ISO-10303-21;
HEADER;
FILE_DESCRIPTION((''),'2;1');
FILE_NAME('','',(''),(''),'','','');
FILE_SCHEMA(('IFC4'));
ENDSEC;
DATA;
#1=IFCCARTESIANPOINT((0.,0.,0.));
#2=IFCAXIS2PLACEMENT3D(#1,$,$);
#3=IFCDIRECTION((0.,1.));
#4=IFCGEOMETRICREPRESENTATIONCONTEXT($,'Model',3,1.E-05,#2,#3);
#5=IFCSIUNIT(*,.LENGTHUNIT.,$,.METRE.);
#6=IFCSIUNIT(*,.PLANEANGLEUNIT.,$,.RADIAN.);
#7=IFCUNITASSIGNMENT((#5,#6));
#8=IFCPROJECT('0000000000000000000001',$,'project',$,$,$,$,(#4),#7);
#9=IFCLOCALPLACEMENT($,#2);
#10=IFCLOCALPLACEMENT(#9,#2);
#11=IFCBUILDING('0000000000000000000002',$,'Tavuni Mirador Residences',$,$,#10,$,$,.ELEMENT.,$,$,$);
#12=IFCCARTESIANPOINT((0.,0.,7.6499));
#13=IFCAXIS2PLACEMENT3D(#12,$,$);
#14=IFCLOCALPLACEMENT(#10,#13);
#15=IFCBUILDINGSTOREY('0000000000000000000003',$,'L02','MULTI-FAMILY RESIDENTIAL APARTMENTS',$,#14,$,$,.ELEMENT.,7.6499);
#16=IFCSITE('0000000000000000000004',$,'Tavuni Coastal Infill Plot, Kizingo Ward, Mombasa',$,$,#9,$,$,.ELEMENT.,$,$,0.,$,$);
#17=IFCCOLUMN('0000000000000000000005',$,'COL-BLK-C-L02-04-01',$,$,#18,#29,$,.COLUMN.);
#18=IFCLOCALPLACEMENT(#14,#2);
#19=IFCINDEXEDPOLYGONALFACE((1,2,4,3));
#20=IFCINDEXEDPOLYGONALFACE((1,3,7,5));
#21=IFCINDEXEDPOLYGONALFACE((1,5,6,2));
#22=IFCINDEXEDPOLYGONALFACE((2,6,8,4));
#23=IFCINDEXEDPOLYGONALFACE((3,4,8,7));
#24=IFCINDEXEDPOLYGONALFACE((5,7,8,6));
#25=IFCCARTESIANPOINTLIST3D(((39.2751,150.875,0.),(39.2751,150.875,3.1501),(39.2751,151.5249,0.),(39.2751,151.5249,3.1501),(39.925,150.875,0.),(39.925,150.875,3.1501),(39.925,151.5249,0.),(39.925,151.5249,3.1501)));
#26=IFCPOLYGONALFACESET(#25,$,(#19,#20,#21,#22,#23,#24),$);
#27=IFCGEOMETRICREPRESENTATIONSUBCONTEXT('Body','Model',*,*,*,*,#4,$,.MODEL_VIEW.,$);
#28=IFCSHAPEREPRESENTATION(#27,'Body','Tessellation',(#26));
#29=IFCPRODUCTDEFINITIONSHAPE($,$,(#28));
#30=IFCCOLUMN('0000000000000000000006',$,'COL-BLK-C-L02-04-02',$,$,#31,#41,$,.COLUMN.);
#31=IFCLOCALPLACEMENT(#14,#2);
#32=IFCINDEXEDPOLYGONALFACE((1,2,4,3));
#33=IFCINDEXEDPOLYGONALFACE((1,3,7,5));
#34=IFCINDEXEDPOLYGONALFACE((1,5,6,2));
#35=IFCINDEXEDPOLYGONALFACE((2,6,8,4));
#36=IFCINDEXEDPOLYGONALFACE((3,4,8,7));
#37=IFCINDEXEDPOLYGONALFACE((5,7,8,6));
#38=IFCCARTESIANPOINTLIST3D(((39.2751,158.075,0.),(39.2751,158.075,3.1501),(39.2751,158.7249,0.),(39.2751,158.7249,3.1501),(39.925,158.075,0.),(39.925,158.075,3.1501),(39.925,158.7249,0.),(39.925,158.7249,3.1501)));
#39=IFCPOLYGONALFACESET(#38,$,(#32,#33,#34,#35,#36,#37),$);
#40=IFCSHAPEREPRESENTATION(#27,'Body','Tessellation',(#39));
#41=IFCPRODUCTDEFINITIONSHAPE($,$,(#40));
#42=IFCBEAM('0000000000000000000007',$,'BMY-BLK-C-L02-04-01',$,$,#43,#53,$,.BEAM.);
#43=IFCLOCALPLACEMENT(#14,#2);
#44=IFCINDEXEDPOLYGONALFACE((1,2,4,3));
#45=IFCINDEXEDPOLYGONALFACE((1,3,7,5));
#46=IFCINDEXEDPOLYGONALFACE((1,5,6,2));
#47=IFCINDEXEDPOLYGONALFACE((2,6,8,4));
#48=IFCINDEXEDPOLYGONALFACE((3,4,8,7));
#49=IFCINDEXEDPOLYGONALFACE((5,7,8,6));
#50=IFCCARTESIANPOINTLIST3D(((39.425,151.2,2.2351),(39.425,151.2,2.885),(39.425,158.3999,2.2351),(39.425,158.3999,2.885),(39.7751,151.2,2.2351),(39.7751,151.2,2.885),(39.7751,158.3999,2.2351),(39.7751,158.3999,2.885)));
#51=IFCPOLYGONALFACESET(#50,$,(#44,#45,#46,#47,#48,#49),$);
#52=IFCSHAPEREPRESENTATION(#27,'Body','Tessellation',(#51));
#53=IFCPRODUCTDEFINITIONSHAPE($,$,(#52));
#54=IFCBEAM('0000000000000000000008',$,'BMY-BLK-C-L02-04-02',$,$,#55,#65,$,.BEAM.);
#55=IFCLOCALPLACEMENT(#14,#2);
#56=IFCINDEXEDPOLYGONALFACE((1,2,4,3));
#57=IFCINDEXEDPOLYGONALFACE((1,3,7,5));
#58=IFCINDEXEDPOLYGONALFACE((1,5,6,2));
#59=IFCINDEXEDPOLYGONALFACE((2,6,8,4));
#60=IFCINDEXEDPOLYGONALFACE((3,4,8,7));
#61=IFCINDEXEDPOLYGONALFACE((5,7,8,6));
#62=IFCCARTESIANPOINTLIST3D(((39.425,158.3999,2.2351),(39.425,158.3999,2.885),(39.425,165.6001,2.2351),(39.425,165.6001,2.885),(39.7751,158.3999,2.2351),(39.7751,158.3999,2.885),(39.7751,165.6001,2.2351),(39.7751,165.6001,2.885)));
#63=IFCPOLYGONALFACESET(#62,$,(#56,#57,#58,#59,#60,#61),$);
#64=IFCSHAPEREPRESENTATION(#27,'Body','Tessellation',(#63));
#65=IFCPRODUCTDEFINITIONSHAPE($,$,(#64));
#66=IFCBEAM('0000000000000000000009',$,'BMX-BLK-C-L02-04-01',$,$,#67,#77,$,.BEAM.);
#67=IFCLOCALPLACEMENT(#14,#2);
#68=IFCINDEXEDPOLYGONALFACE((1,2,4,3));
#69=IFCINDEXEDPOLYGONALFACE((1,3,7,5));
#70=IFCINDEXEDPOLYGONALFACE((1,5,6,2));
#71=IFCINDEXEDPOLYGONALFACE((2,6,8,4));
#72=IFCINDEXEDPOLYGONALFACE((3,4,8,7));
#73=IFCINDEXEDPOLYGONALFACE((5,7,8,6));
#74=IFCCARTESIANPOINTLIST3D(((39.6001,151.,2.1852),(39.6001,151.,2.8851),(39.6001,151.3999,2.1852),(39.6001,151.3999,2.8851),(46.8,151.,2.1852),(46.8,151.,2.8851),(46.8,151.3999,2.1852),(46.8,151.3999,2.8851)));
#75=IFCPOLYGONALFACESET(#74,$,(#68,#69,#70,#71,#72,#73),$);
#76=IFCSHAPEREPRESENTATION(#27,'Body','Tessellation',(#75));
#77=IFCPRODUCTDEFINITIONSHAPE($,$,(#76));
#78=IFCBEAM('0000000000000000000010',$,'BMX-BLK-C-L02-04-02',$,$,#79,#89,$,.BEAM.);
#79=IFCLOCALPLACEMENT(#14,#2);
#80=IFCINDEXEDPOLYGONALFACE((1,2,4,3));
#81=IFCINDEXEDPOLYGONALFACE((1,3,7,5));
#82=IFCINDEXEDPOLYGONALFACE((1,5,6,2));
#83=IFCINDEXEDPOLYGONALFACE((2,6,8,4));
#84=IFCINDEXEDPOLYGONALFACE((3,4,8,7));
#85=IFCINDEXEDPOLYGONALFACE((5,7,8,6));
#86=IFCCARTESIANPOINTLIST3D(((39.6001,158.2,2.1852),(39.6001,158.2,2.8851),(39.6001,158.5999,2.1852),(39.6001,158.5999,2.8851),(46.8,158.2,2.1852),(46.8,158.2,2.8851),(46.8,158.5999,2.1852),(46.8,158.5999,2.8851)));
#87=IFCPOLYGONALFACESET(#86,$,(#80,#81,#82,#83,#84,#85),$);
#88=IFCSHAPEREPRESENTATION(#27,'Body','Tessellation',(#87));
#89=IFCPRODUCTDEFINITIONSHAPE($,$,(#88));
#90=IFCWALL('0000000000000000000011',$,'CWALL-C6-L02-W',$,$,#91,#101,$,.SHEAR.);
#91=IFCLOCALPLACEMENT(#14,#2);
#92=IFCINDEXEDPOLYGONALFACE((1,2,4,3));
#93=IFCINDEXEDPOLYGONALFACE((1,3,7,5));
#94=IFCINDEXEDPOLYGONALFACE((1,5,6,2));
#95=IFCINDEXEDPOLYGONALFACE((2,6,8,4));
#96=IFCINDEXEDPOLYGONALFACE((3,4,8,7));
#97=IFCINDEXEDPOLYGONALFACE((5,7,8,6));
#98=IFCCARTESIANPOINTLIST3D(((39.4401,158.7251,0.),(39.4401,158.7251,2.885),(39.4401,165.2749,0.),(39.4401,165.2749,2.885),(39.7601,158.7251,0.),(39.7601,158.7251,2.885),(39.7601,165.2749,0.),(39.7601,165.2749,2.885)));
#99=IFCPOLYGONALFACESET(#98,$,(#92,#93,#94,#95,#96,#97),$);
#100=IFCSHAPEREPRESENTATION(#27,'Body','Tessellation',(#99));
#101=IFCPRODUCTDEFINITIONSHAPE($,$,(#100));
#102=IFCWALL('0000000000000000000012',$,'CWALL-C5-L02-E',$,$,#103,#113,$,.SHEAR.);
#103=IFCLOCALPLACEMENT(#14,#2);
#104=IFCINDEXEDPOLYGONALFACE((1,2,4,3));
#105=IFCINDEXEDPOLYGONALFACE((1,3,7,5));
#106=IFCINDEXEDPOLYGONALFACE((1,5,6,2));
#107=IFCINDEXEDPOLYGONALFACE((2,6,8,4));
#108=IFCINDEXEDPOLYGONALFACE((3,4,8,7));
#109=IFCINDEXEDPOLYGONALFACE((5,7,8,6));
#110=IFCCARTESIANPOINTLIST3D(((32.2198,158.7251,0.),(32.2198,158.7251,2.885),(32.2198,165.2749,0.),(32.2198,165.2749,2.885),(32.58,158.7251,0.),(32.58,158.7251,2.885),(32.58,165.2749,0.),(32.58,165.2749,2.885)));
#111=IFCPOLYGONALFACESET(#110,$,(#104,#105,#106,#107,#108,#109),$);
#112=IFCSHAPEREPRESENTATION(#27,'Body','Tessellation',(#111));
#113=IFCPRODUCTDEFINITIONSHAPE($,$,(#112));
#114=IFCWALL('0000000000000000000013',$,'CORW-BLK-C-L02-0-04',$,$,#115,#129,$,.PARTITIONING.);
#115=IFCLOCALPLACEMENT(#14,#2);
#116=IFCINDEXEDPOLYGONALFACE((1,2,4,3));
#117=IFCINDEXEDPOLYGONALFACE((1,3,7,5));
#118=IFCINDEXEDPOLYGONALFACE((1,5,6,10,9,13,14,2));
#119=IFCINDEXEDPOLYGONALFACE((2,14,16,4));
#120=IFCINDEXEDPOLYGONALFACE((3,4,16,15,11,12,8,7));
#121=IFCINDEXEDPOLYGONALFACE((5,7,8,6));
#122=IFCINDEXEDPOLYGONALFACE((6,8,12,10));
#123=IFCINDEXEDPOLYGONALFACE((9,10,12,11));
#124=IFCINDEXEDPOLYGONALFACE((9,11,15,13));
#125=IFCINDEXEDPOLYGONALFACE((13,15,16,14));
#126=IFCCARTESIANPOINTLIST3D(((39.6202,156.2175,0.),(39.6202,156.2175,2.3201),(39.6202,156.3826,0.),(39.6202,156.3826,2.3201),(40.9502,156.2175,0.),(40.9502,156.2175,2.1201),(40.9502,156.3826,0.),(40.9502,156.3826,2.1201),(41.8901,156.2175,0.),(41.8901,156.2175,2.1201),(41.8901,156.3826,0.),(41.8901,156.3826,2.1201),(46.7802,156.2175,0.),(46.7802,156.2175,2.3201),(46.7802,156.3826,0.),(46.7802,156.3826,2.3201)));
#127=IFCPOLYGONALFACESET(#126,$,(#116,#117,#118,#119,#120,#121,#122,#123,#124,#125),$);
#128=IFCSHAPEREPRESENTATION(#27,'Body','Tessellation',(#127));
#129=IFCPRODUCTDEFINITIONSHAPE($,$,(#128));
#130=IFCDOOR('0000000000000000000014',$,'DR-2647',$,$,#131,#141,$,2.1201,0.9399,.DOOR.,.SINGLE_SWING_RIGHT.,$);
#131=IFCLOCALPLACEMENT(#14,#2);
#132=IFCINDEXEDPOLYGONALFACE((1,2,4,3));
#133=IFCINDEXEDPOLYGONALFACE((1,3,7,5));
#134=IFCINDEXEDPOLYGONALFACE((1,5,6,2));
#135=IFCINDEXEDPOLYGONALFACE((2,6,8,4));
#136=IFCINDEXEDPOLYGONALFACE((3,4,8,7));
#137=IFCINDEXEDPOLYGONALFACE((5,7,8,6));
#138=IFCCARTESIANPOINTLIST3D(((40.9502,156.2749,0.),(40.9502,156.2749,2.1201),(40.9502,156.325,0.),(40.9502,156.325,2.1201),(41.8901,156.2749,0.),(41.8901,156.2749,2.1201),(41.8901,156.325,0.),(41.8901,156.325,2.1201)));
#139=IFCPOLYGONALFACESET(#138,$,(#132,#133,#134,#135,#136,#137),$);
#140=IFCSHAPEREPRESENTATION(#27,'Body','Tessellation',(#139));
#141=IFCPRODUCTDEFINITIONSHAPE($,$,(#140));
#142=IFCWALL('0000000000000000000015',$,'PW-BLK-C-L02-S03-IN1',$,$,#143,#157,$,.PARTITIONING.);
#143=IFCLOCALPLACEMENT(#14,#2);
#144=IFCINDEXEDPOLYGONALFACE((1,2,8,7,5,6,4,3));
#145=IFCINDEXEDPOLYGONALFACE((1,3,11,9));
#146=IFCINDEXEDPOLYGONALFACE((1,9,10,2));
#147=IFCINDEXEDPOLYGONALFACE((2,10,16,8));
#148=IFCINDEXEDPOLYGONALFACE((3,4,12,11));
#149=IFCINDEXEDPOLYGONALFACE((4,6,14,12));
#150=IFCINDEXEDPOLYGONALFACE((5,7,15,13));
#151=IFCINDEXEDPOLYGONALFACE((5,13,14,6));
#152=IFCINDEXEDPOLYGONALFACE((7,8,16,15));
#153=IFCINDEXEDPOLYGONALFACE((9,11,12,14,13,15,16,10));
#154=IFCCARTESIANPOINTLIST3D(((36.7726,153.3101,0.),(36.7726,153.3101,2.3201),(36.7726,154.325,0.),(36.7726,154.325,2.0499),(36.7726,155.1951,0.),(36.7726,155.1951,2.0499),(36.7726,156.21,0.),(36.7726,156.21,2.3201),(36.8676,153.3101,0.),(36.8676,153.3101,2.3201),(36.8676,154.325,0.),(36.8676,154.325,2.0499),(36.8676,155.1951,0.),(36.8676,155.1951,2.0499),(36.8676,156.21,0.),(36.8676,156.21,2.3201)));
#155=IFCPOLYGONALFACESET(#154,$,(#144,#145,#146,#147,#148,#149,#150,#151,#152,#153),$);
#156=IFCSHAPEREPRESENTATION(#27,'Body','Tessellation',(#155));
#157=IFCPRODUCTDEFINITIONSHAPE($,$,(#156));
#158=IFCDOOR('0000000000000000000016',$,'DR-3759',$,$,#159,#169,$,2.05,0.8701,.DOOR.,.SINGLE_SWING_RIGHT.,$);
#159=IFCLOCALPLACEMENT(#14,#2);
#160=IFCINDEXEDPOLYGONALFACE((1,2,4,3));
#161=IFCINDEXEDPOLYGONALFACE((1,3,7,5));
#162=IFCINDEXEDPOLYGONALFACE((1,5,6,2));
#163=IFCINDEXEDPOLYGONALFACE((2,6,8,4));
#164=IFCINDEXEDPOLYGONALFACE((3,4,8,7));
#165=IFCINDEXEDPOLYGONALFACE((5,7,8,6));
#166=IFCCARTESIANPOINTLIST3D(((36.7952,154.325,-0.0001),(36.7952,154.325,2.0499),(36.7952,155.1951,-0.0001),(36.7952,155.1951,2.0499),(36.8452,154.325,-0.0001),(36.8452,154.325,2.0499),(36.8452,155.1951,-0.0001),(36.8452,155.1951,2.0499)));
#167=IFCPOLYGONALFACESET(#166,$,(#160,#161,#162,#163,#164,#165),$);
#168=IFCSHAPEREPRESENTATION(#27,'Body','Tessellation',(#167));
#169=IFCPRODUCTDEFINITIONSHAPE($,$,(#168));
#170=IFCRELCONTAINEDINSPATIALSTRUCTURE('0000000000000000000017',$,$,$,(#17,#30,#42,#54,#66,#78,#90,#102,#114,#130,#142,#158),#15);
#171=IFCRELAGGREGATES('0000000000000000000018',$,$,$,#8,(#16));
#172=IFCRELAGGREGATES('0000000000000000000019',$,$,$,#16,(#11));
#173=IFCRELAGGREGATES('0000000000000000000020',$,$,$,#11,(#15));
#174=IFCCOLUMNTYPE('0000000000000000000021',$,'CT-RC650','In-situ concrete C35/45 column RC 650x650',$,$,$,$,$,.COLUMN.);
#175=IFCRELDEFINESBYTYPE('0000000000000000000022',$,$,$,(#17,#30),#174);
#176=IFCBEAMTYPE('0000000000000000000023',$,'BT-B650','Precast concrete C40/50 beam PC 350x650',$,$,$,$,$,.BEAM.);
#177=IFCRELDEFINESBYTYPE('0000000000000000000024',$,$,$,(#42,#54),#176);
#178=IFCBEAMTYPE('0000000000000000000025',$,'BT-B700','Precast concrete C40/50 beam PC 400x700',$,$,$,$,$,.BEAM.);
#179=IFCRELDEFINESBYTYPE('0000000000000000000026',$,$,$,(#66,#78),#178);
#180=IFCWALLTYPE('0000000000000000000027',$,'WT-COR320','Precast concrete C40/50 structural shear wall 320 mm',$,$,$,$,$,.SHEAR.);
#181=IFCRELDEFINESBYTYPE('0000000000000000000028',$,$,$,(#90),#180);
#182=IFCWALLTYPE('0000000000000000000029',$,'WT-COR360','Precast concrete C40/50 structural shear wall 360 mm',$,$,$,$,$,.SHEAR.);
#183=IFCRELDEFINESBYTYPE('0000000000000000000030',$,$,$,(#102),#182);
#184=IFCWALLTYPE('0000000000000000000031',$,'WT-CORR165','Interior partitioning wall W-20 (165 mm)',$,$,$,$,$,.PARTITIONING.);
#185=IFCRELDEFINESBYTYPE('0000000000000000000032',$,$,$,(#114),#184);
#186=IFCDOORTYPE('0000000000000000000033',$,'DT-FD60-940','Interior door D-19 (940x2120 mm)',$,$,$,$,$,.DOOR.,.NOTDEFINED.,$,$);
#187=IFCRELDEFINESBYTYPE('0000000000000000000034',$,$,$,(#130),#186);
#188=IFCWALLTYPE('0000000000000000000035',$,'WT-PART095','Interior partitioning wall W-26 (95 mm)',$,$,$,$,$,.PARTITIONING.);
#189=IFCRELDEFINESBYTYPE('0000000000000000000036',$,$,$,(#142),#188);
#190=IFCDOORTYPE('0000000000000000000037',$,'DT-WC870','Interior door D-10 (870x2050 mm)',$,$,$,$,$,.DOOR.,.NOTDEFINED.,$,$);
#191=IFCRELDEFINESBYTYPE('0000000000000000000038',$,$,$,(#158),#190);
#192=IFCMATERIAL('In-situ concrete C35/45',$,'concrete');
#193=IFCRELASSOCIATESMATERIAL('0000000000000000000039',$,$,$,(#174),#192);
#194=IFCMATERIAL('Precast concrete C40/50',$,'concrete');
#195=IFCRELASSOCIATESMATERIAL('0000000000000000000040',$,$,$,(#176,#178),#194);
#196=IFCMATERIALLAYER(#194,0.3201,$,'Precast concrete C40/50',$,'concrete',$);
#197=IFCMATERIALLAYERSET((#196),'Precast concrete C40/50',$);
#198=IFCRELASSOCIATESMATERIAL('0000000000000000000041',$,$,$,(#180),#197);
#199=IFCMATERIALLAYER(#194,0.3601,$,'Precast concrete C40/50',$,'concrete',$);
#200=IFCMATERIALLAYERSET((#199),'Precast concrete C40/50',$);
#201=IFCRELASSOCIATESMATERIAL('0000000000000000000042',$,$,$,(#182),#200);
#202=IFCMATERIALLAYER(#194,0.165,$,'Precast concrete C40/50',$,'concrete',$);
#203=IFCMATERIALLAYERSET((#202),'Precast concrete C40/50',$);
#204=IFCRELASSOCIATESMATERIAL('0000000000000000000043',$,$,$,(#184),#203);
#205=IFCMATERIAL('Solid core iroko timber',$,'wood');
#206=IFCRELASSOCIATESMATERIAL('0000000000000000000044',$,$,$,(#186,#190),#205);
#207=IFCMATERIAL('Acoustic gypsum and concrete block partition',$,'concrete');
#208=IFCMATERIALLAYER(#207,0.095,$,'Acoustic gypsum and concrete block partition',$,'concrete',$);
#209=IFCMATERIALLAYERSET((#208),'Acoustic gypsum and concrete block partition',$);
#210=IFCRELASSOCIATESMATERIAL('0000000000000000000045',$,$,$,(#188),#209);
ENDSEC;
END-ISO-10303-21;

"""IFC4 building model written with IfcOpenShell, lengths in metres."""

from ifc_helpers import new_model, si_unit, direction, frame, frame_2d, origin, origin_2d, place, context, subcontext, project, spatial, rectangle, extrude, material, layer, layer_set, material_profile, profile_set, type_object, element, fill, save


model = new_model("IFC4")

# Units and contexts
model_context = context("Model", 3, precision=1e-05, world=origin(), true_north=direction((0.0, 1.0)))
body_context = subcontext(model_context, "Body", "Model", "MODEL_VIEW")
ifc_project = project(units=[si_unit("LENGTHUNIT", "METRE"), si_unit("PLANEANGLEUNIT", "RADIAN")], contexts=[model_context])

# Site, building, storey
site_placement = place(None, origin())
site = spatial("IfcSite", under=ifc_project, at=site_placement, Name="Tavuni Coastal Infill Plot, Kizingo Ward, Mombasa", CompositionType="ELEMENT", RefElevation=0.0)
building_placement = place(site_placement, origin())
building = spatial("IfcBuilding", under=site, at=building_placement, Name="Tavuni Mirador Residences", CompositionType="ELEMENT")
storey_placement = place(building_placement, frame((0.0, 0.0, 7.6499)))
storey = spatial("IfcBuildingStorey", under=building, at=storey_placement, Name="L02", Description="MULTI-FAMILY RESIDENTIAL APARTMENTS", CompositionType="ELEMENT", Elevation=7.6499)

# Columns
ifc_material_1 = material(Name="In-situ concrete C35/45", Category="concrete")
ifc_material_profile_1 = material_profile(ifc_material_1, rectangle(XDim=0.6499, YDim=0.6499, at=origin_2d()), Name="RC 650x650", Category="concrete")
ifc_profile_set_1 = profile_set([ifc_material_profile_1], Name="In-situ concrete C35/45")
column_type = type_object("IfcColumnType", Name="CT-RC650", Description="In-situ concrete C35/45 column RC 650x650", PredefinedType="COLUMN", material=ifc_profile_set_1)
for number, where, z_axis, x_axis, name in (
    (1, (39.6001, 151.2, 0.0), (0.0, 0.0, 1.0), (1.0, 0.0, 0.0), "COL-BLK-C-L02-04-01"),
    (2, (39.6001, 158.3999, 0.0), (0.0, 0.0, 1.0), (1.0, 0.0, 0.0), "COL-BLK-C-L02-04-02"),
):
    element("IfcColumn", number, at=place(storey_placement, frame(where, z_axis=z_axis, x_axis=x_axis)), inside=storey, type_object=column_type, Name=name, PredefinedType="COLUMN", context=body_context, shape_type="SweptSolid", body=[
        extrude(rectangle(XDim=0.6499, YDim=0.6499, at=origin_2d()), origin(), (0.0, 0.0, 1.0), 3.1501),
    ])

# Beams
ifc_material_2 = material(Name="Precast concrete C40/50", Category="concrete")
ifc_material_profile_2 = material_profile(ifc_material_2, rectangle(XDim=0.3501, YDim=0.6499, at=origin_2d()), Name="PC 350x650", Category="concrete")
ifc_profile_set_2 = profile_set([ifc_material_profile_2], Name="Precast concrete C40/50")
beam_type_1 = type_object("IfcBeamType", Name="BT-B650", Description="Precast concrete C40/50 beam PC 350x650", PredefinedType="BEAM", material=ifc_profile_set_2)
beam_1_placement = place(storey_placement, frame((39.6001, 151.2, 2.5601), z_axis=(0.0, 1.0, 0.0), x_axis=(-1.0, 0.0, 0.0)))
element("IfcBeam", 3, at=beam_1_placement, inside=storey, type_object=beam_type_1, Name="BMY-BLK-C-L02-04-01", PredefinedType="BEAM", context=body_context, shape_type="SweptSolid", body=[
    extrude(rectangle(XDim=0.3501, YDim=0.6499, at=origin_2d()), origin(), (0.0, 0.0, 1.0), 7.2),
])
beam_2_placement = place(storey_placement, frame((39.6001, 158.3999, 2.5601), z_axis=(0.0, 1.0, 0.0), x_axis=(-1.0, 0.0, 0.0)))
element("IfcBeam", 4, at=beam_2_placement, inside=storey, type_object=beam_type_1, Name="BMY-BLK-C-L02-04-02", PredefinedType="BEAM", context=body_context, shape_type="SweptSolid", body=[
    extrude(rectangle(XDim=0.3501, YDim=0.6499, at=origin_2d()), origin(), (0.0, 0.0, 1.0), 7.2002),
])
ifc_material_profile_3 = material_profile(ifc_material_2, rectangle(XDim=0.3999, YDim=0.7, at=origin_2d()), Name="PC 400x700", Category="concrete")
ifc_profile_set_3 = profile_set([ifc_material_profile_3], Name="Precast concrete C40/50")
beam_type_2 = type_object("IfcBeamType", Name="BT-B700", Description="Precast concrete C40/50 beam PC 400x700", PredefinedType="BEAM", material=ifc_profile_set_3)
for number, where, z_axis, x_axis, name in (
    (5, (39.6001, 151.2, 2.5352), (1.0, 0.0, 0.0), (0.0, 1.0, 0.0), "BMX-BLK-C-L02-04-01"),
    (6, (39.6001, 158.3999, 2.5352), (1.0, 0.0, 0.0), (0.0, 1.0, 0.0), "BMX-BLK-C-L02-04-02"),
):
    element("IfcBeam", number, at=place(storey_placement, frame(where, z_axis=z_axis, x_axis=x_axis)), inside=storey, type_object=beam_type_2, Name=name, PredefinedType="BEAM", context=body_context, shape_type="SweptSolid", body=[
        extrude(rectangle(XDim=0.3999, YDim=0.7, at=origin_2d()), origin(), (0.0, 0.0, 1.0), 7.2),
    ])

# Shared definitions
ifc_material_3 = material(Name="Solid core iroko timber", Category="wood")

# Wall
ifc_layer_1 = layer(ifc_material_2, 0.3201, Name="Precast concrete C40/50", Category="concrete")
ifc_layer_set_1 = layer_set([ifc_layer_1], Name="Precast concrete C40/50")
wall_type_1 = type_object("IfcWallType", Name="WT-COR320", Description="Precast concrete C40/50 structural shear wall 320 mm", PredefinedType="SHEAR", material=ifc_layer_set_1)
wall_1_placement = place(storey_placement, frame((39.6001, 158.7251, 0.0), z_axis=(0.0, 0.0, 1.0), x_axis=(0.0, 1.0, 0.0)))
element("IfcWall", 7, at=wall_1_placement, inside=storey, type_object=wall_type_1, Name="CWALL-C6-L02-W", PredefinedType="SHEAR", context=body_context, shape_type="SweptSolid", body=[
    extrude(rectangle(XDim=6.5498, YDim=0.3201, at=frame_2d((3.2749, 0.0))), origin(), (0.0, 0.0, 1.0), 2.885),
])

# Wall
ifc_layer_2 = layer(ifc_material_2, 0.3601, Name="Precast concrete C40/50", Category="concrete")
ifc_layer_set_2 = layer_set([ifc_layer_2], Name="Precast concrete C40/50")
wall_type_2 = type_object("IfcWallType", Name="WT-COR360", Description="Precast concrete C40/50 structural shear wall 360 mm", PredefinedType="SHEAR", material=ifc_layer_set_2)
wall_2_placement = place(storey_placement, frame((32.3999, 158.7251, 0.0), z_axis=(0.0, 0.0, 1.0), x_axis=(0.0, 1.0, 0.0)))
element("IfcWall", 8, at=wall_2_placement, inside=storey, type_object=wall_type_2, Name="CWALL-C5-L02-E", PredefinedType="SHEAR", context=body_context, shape_type="SweptSolid", body=[
    extrude(rectangle(XDim=6.5498, YDim=0.3601, at=frame_2d((3.2749, 0.0))), origin(), (0.0, 0.0, 1.0), 2.885),
])

# Walls, openings, doors
ifc_layer_3 = layer(ifc_material_2, 0.165, Name="Precast concrete C40/50", Category="concrete")
ifc_layer_set_3 = layer_set([ifc_layer_3], Name="Precast concrete C40/50")
wall_type_3 = type_object("IfcWallType", Name="WT-CORR165", Description="Interior partitioning wall W-20 (165 mm)", PredefinedType="PARTITIONING", material=ifc_layer_set_3)
wall_3_placement = place(storey_placement, frame((39.6201, 156.3, 0.0), z_axis=(0.0, 0.0, 1.0), x_axis=(1.0, 0.0, 0.0)))
wall_3 = element("IfcWall", 9, at=wall_3_placement, inside=storey, type_object=wall_type_3, Name="CORW-BLK-C-L02-0-04", PredefinedType="PARTITIONING", context=body_context, shape_type="SweptSolid", body=[
    extrude(rectangle(XDim=7.1599, YDim=0.165, at=frame_2d((3.5801, 0.0))), origin(), (0.0, 0.0, 1.0), 2.3201),
])
opening_1_placement = place(wall_3_placement, frame((1.3301, 0.0, 0.0)))
opening_1 = element("IfcOpeningElement", 10, at=opening_1_placement, cuts=wall_3, PredefinedType="OPENING", context=body_context, shape_type="SweptSolid", body=[
    extrude(rectangle(XDim=0.9399, YDim=2.1201, at=frame_2d((0.47, 1.0601))), frame((0.0, 0.0925, 0.0), z_axis=(0.0, -1.0, 0.0), x_axis=(1.0, 0.0, 0.0)), (0.0, 0.0, 1.0), 0.1851),
])
door_type_1 = type_object("IfcDoorType", Name="DT-FD60-940", Description="Interior door D-19 (940x2120 mm)", OperationType="NOTDEFINED", PredefinedType="DOOR", material=ifc_material_3)
door_1_placement = place(opening_1_placement, origin())
door_1 = element("IfcDoor", 11, at=door_1_placement, inside=storey, type_object=door_type_1, Name="DR-2647", OperationType="SINGLE_SWING_RIGHT", OverallHeight=2.1201, OverallWidth=0.9399, PredefinedType="DOOR", context=body_context, shape_type="SweptSolid", body=[
    extrude(rectangle(XDim=0.9399, YDim=2.1201, at=frame_2d((0.47, 1.0601))), frame((0.0, 0.0249, 0.0), z_axis=(0.0, -1.0, 0.0), x_axis=(1.0, 0.0, 0.0)), (0.0, 0.0, 1.0), 0.05),
])
fill(opening_1, door_1)
ifc_material_4 = material(Name="Acoustic gypsum and concrete block partition", Category="concrete")
ifc_layer_4 = layer(ifc_material_4, 0.095, Name="Acoustic gypsum and concrete block partition", Category="concrete")
ifc_layer_set_4 = layer_set([ifc_layer_4], Name="Acoustic gypsum and concrete block partition")
wall_type_4 = type_object("IfcWallType", Name="WT-PART095", Description="Interior partitioning wall W-26 (95 mm)", PredefinedType="PARTITIONING", material=ifc_layer_set_4)
wall_4_placement = place(storey_placement, frame((36.8201, 153.3101, 0.0), z_axis=(0.0, 0.0, 1.0), x_axis=(0.0, 1.0, 0.0)))
wall_4 = element("IfcWall", 12, at=wall_4_placement, inside=storey, type_object=wall_type_4, Name="PW-BLK-C-L02-S03-IN1", PredefinedType="PARTITIONING", context=body_context, shape_type="SweptSolid", body=[
    extrude(rectangle(XDim=2.8999, YDim=0.095, at=frame_2d((1.45, 0.0))), origin(), (0.0, 0.0, 1.0), 2.3201),
])
opening_2_placement = place(wall_4_placement, frame((1.0149, 0.0, 0.0)))
opening_2 = element("IfcOpeningElement", 13, at=opening_2_placement, cuts=wall_4, PredefinedType="OPENING", context=body_context, shape_type="SweptSolid", body=[
    extrude(rectangle(XDim=0.8701, YDim=2.05, at=frame_2d((0.4351, 1.0249))), frame((0.0, 0.0576, 0.0), z_axis=(0.0, -1.0, 0.0), x_axis=(1.0, 0.0, 0.0)), (0.0, 0.0, 1.0), 0.115),
])
door_type_2 = type_object("IfcDoorType", Name="DT-WC870", Description="Interior door D-10 (870x2050 mm)", OperationType="NOTDEFINED", PredefinedType="DOOR", material=ifc_material_3)
door_2_placement = place(opening_2_placement, origin())
door_2 = element("IfcDoor", 14, at=door_2_placement, inside=storey, type_object=door_type_2, Name="DR-3759", OperationType="SINGLE_SWING_RIGHT", OverallHeight=2.05, OverallWidth=0.8701, PredefinedType="DOOR", context=body_context, shape_type="SweptSolid", body=[
    extrude(rectangle(XDim=0.8701, YDim=2.05, at=frame_2d((0.4351, 1.0249))), frame((0.0, 0.0249, 0.0), z_axis=(0.0, -1.0, 0.0), x_axis=(1.0, 0.0, 0.0)), (0.0, 0.0, 1.0), 0.05),
])
fill(opening_2, door_2)

save(model, "model.ifc")
